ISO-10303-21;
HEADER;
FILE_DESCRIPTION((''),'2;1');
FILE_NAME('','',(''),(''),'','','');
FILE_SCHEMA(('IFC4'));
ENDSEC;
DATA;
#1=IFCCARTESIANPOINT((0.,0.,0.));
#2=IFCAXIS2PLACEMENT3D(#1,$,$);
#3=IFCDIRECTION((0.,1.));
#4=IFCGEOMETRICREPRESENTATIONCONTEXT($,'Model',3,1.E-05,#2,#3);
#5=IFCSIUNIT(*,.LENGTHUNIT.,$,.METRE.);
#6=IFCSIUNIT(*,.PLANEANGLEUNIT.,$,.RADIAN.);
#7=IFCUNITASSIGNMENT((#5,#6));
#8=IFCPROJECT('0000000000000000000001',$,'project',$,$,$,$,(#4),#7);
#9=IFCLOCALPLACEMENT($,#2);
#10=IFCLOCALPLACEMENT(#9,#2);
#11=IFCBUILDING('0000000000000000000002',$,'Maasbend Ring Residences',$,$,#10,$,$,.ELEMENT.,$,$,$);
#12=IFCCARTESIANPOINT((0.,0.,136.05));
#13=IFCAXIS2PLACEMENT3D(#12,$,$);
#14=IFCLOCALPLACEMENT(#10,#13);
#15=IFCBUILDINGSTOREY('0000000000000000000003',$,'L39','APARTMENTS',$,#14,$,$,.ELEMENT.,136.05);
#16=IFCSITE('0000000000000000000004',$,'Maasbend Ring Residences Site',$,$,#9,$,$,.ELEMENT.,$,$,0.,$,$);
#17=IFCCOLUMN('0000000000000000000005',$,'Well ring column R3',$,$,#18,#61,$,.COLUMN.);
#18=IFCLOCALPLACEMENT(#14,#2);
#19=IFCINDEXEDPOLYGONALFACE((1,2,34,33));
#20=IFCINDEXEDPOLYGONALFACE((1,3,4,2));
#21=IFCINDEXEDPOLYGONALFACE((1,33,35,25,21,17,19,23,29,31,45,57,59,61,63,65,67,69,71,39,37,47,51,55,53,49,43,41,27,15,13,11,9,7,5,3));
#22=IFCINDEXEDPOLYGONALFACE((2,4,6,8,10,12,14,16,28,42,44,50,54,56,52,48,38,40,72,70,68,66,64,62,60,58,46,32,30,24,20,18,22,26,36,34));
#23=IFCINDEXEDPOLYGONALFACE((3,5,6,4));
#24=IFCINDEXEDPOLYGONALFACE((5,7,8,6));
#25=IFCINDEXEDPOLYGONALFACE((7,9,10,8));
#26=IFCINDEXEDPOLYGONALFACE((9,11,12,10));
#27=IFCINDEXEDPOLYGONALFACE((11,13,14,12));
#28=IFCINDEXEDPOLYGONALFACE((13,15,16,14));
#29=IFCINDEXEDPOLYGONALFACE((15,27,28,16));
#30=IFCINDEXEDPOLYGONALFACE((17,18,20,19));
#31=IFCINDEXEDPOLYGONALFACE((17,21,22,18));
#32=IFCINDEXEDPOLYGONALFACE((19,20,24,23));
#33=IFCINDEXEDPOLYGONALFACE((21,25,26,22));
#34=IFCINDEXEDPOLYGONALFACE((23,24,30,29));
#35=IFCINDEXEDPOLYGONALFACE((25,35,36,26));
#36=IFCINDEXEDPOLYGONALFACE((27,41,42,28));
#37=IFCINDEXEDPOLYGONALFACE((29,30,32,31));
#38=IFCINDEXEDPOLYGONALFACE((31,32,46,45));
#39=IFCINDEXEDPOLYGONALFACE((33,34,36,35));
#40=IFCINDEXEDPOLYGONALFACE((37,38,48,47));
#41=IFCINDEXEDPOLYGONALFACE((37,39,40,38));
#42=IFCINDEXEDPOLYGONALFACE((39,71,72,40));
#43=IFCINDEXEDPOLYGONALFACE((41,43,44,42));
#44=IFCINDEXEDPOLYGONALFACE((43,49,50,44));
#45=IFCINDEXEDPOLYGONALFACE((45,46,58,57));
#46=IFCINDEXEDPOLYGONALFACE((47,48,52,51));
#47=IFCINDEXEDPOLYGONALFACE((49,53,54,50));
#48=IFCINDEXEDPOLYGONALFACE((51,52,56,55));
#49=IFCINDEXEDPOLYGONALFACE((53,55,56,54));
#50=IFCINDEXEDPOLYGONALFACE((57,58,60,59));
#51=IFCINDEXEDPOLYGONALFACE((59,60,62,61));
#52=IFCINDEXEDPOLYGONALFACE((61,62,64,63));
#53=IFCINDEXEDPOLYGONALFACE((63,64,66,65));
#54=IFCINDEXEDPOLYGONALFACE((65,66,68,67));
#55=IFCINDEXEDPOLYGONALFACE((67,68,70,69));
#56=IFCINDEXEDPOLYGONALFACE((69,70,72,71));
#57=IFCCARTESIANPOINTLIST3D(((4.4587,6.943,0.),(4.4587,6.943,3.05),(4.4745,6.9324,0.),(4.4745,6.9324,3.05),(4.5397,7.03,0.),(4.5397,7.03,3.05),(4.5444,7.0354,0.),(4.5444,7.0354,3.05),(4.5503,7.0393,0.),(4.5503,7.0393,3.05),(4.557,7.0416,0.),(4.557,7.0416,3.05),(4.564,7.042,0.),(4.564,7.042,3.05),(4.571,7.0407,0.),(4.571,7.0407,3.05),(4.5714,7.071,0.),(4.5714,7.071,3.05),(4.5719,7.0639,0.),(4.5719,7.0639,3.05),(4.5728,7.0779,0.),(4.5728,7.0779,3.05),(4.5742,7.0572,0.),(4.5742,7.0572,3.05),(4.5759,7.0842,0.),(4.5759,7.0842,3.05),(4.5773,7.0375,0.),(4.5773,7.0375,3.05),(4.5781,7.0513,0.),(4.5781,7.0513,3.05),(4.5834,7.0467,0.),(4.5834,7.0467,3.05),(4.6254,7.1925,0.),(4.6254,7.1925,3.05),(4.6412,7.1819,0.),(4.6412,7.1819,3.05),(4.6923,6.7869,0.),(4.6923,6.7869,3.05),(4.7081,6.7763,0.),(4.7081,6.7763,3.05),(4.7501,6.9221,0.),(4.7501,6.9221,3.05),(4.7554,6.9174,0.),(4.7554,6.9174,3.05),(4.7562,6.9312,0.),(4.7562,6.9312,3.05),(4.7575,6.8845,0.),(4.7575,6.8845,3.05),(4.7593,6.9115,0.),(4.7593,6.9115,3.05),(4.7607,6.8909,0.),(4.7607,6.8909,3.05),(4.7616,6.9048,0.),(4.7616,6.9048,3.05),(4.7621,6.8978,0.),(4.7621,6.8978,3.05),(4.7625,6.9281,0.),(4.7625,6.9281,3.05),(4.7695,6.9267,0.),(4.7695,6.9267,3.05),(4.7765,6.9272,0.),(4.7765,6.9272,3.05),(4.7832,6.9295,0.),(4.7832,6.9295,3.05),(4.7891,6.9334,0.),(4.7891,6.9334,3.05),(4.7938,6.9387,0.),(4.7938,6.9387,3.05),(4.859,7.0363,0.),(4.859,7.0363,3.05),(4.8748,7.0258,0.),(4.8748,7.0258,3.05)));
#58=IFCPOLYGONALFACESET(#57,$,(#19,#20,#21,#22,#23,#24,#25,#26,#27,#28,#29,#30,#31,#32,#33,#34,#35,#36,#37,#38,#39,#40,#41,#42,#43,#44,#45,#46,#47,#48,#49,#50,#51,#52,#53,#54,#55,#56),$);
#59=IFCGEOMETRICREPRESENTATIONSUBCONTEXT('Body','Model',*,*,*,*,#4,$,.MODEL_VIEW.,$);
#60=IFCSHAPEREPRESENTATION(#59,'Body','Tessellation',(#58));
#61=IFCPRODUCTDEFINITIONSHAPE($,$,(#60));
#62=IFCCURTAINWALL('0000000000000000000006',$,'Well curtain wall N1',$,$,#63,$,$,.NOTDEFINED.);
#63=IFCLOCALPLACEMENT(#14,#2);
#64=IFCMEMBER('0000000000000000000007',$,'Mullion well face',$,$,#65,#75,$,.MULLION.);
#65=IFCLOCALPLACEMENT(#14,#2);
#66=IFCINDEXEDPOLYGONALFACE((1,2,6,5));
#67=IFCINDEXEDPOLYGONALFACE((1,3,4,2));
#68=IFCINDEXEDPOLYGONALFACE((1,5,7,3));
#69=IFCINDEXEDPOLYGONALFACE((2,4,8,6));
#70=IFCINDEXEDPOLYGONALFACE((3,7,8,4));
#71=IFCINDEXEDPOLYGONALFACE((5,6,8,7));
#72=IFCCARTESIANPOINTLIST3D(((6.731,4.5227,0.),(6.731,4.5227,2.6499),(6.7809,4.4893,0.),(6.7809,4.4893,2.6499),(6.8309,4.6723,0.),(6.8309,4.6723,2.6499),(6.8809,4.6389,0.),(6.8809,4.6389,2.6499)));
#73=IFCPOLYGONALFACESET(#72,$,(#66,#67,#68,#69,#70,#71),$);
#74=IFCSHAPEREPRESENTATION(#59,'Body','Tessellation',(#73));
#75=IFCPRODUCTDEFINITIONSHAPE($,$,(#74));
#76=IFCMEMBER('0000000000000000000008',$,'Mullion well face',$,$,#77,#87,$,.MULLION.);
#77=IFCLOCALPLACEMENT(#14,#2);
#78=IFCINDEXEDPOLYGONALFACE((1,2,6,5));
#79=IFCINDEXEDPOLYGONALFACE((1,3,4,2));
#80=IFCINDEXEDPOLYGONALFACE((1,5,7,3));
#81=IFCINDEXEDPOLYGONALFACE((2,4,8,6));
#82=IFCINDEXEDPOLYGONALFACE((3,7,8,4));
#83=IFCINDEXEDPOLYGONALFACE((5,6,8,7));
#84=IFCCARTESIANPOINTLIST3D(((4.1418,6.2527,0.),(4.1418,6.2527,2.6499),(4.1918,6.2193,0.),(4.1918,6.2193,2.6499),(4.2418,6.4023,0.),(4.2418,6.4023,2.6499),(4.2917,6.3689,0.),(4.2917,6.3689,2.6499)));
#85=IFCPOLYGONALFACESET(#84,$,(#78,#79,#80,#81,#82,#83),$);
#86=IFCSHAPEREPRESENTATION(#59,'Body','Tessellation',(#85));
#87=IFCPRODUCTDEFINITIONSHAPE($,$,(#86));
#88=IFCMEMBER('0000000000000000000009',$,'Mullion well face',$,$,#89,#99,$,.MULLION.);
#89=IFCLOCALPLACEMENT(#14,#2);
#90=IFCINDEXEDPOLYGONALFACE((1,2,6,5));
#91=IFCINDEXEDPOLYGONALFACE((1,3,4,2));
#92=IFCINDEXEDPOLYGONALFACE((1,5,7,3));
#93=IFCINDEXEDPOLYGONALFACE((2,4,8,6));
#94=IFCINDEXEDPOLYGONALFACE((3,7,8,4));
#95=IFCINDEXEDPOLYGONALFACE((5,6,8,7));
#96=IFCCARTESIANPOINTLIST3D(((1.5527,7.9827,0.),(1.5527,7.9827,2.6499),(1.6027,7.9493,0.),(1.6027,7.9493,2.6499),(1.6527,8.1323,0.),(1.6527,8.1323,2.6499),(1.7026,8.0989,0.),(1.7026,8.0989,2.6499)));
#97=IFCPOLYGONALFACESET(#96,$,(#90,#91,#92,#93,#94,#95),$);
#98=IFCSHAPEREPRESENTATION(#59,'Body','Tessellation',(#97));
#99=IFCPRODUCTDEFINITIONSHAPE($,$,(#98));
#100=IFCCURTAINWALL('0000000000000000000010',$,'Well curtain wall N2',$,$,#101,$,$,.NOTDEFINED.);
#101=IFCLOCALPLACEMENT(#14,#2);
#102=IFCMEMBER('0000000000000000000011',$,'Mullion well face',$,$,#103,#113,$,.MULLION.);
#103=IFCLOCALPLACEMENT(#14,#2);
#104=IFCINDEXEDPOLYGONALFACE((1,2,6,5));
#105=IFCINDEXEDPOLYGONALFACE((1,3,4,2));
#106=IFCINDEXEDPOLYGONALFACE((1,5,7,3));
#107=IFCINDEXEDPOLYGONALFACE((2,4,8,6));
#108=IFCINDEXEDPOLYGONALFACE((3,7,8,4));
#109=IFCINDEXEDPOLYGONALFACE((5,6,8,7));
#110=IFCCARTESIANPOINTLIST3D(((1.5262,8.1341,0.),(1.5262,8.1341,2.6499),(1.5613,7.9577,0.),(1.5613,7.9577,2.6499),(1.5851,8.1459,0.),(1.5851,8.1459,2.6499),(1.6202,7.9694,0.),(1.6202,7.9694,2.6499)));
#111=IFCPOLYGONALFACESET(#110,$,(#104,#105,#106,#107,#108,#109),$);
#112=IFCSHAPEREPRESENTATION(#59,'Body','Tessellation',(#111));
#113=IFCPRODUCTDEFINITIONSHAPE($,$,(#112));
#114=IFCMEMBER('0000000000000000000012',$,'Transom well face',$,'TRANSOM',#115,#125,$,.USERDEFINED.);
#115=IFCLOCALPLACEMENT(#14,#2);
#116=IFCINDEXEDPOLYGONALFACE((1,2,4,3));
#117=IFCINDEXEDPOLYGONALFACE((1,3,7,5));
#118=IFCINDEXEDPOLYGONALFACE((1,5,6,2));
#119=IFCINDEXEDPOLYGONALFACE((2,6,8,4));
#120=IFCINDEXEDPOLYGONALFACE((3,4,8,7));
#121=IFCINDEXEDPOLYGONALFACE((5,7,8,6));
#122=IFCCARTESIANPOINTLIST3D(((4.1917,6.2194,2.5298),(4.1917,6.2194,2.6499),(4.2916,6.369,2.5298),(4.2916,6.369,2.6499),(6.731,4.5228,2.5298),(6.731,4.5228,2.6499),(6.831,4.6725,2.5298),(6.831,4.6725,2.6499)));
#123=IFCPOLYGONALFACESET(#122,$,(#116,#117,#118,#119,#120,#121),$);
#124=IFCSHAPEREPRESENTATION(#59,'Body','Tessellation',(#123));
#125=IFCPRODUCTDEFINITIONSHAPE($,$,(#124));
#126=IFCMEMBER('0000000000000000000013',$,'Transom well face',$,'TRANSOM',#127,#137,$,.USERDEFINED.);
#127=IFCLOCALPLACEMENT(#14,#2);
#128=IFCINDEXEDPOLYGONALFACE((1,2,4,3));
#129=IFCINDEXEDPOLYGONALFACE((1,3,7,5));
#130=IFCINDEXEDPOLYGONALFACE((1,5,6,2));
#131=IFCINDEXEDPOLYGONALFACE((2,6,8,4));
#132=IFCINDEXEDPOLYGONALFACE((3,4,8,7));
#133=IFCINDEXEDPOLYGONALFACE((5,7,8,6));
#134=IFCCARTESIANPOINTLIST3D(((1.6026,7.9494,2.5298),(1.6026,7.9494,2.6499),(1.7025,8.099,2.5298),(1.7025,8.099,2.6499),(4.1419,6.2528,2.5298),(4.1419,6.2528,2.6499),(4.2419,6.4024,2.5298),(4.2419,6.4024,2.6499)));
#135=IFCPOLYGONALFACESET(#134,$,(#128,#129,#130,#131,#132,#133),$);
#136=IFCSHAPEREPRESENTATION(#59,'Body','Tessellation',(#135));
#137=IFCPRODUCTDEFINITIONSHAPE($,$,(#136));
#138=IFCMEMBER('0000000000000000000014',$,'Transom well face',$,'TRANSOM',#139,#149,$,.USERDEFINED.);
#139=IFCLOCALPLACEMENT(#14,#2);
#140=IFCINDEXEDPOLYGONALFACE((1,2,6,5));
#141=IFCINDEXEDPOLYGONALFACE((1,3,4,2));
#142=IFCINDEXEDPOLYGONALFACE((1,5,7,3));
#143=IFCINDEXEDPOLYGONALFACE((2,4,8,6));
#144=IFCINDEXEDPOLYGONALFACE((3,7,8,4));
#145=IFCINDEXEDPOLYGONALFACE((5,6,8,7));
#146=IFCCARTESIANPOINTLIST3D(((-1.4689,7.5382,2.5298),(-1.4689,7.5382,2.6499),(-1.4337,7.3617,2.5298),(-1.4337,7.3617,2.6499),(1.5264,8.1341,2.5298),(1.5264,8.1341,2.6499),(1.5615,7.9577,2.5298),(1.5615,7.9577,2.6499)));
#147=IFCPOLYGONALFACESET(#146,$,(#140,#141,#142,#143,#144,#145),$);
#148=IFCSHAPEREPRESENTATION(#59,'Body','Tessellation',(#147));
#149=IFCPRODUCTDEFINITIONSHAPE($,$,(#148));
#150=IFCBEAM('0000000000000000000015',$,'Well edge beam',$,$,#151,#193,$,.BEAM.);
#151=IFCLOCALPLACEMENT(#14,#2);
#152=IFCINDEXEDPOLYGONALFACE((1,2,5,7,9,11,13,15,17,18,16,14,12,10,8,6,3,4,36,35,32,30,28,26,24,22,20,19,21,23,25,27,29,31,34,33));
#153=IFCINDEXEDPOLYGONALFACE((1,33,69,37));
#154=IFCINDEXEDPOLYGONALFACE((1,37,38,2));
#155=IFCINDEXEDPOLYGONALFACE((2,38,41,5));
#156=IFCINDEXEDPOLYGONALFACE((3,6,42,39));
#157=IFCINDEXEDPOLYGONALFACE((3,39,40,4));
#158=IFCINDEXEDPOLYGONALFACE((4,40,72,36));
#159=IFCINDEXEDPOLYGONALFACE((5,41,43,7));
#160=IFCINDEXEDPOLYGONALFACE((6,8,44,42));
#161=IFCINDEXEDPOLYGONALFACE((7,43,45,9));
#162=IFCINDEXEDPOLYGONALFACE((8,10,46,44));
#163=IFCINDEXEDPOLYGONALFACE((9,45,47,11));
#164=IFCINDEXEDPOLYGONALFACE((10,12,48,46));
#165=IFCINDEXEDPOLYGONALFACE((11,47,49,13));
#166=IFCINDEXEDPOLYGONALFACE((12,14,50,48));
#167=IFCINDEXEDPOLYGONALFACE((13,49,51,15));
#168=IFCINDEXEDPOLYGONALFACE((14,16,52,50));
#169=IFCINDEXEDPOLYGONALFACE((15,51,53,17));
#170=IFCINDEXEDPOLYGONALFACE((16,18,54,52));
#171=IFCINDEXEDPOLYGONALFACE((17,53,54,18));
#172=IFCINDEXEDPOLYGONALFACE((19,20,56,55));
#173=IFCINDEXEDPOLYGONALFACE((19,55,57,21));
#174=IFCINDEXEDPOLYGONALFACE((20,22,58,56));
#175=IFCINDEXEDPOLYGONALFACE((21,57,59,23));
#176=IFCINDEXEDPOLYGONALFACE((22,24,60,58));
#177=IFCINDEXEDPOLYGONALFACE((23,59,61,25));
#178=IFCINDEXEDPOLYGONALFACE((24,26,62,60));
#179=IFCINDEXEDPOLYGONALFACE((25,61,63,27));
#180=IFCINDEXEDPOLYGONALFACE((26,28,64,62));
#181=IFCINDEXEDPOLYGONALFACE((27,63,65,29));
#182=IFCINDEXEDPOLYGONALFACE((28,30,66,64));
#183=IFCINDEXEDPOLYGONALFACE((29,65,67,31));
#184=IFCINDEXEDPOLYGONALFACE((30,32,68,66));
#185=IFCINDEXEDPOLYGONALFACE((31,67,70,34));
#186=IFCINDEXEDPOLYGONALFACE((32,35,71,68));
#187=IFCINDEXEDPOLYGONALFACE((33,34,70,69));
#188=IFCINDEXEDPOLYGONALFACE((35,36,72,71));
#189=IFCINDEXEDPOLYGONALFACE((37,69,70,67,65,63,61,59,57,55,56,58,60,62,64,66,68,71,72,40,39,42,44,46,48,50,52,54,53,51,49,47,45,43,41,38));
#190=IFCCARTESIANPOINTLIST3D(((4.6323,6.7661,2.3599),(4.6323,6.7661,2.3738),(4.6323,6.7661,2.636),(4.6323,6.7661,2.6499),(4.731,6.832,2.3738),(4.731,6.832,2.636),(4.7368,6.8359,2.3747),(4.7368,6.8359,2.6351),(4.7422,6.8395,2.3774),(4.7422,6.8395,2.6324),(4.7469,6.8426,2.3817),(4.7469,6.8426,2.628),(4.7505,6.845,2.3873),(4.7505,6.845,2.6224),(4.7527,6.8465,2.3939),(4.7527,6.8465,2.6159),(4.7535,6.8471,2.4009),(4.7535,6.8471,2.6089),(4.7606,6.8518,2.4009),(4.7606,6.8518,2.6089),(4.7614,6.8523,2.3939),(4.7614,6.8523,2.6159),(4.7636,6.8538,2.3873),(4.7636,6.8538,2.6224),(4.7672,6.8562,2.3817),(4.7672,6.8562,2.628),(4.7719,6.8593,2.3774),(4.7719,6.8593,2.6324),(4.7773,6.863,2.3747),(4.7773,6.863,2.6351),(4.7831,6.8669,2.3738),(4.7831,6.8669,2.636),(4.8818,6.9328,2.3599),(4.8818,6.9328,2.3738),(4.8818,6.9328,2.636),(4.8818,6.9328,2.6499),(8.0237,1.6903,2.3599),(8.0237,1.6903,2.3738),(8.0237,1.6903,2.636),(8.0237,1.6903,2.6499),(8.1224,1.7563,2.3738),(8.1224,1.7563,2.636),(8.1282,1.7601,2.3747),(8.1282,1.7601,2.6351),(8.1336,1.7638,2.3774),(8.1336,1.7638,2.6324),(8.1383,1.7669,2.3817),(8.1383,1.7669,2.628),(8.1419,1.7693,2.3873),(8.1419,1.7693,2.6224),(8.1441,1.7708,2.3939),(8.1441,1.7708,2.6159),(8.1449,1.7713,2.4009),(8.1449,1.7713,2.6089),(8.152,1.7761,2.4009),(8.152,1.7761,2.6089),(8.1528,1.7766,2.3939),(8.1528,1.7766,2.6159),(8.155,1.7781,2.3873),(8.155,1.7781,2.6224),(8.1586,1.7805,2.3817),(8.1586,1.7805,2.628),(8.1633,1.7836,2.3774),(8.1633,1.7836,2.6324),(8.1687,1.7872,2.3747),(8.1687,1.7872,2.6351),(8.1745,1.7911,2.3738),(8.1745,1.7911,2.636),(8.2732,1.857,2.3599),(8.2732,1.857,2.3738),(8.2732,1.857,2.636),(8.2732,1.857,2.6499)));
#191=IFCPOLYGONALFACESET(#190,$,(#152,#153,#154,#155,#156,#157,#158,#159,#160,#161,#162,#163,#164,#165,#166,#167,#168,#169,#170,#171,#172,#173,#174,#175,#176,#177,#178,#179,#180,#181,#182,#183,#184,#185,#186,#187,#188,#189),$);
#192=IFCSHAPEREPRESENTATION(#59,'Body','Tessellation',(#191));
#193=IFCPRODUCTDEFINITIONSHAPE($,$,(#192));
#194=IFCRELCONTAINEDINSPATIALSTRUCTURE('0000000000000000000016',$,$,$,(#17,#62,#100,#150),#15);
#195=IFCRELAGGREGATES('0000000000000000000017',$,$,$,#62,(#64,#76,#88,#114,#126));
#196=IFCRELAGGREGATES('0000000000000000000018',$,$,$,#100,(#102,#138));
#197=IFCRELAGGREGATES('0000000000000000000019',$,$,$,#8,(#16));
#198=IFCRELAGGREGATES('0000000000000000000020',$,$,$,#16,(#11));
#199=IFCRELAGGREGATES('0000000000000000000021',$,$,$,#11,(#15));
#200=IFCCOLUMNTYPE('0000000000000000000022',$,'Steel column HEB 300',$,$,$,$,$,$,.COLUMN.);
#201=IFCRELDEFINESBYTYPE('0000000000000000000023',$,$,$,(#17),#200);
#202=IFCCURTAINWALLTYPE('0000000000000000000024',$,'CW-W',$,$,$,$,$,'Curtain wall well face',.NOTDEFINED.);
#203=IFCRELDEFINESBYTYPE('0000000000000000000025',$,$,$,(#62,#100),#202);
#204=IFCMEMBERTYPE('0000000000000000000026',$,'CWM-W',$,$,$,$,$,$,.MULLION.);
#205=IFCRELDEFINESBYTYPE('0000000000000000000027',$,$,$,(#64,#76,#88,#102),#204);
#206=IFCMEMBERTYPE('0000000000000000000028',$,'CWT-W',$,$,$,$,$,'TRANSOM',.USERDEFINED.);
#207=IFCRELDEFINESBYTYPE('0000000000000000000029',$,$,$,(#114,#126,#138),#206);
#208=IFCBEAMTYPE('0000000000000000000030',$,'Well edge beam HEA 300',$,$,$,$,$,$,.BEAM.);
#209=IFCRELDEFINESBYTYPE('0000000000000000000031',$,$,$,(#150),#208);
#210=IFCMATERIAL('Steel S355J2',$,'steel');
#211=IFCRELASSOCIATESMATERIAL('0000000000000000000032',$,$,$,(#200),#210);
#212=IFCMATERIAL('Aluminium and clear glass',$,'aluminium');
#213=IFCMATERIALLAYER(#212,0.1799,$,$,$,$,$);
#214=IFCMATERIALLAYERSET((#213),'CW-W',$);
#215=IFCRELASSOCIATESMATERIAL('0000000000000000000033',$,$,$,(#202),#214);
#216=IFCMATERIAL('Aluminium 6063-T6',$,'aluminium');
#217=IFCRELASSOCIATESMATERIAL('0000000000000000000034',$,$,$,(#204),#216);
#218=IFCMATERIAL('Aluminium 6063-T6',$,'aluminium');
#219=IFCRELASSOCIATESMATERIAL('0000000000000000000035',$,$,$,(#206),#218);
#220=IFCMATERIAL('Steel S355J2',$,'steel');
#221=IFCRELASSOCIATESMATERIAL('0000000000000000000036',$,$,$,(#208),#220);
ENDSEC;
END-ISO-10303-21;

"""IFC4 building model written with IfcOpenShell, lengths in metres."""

from ifc_helpers import new_model, si_unit, direction, frame, origin, origin_2d, place, context, subcontext, project, spatial, rectangle, i_section, extrude, material, layer, layer_set, material_profile, profile_set, type_object, element, aggregate, save


model = new_model("IFC4")

# Units and contexts
model_context = context("Model", 3, precision=1e-05, world=origin(), true_north=direction((0.0, 1.0)))
body_context = subcontext(model_context, "Body", "Model", "MODEL_VIEW")
ifc_project = project(units=[si_unit("LENGTHUNIT", "METRE"), si_unit("PLANEANGLEUNIT", "RADIAN")], contexts=[model_context])

# Site, building, storey
site_placement = place(None, origin())
site = spatial("IfcSite", under=ifc_project, at=site_placement, Name="Maasbend Ring Residences Site", CompositionType="ELEMENT", RefElevation=0.0)
building_placement = place(site_placement, origin())
building = spatial("IfcBuilding", under=site, at=building_placement, Name="Maasbend Ring Residences", CompositionType="ELEMENT")
storey_placement = place(building_placement, frame((0.0, 0.0, 136.05)))
storey = spatial("IfcBuildingStorey", under=building, at=storey_placement, Name="L39", Description="APARTMENTS", CompositionType="ELEMENT", Elevation=136.05)

# Column
ifc_material_1 = material(Name="Steel S355J2", Category="steel")
ifc_material_profile_1 = material_profile(ifc_material_1, i_section(OverallWidth=0.3, OverallDepth=0.3, WebThickness=0.011, FlangeThickness=0.019, FilletRadius=0.0271, at=origin_2d()), Name="HEB 300")
ifc_profile_set_1 = profile_set([ifc_material_profile_1], Name="Steel S355J2")
column_type = type_object("IfcColumnType", Name="Steel column HEB 300", PredefinedType="COLUMN", material=ifc_profile_set_1)
column_placement = place(storey_placement, frame((4.6667, 6.9844, 0.0), z_axis=(0.0, 0.0, 1.0), x_axis=(0.55557, 0.83147, 0.0)))
element("IfcColumn", 1, at=column_placement, inside=storey, type_object=column_type, Name="Well ring column R3", PredefinedType="COLUMN", context=body_context, shape_type="SweptSolid", body=[
    extrude(i_section(OverallWidth=0.3, OverallDepth=0.3, WebThickness=0.011, FlangeThickness=0.019, FilletRadius=0.0271, at=origin_2d()), origin(), (0.0, 0.0, 1.0), 3.05),
])

# Curtain wall, members
ifc_material_2 = material(Name="Aluminium and clear glass", Category="aluminium")
ifc_layer_1 = layer(ifc_material_2, 0.1799)
ifc_layer_set_1 = layer_set([ifc_layer_1], Name="CW-W")
curtain_wall_type = type_object("IfcCurtainWallType", Name="CW-W", ElementType="Curtain wall well face", PredefinedType="NOTDEFINED", material=ifc_layer_set_1)
curtain_wall_1_placement = place(storey_placement, origin())
curtain_wall_1 = element("IfcCurtainWall", 2, at=curtain_wall_1_placement, inside=storey, type_object=curtain_wall_type, Name="Well curtain wall N1", PredefinedType="NOTDEFINED")
ifc_material_3 = material(Name="Aluminium 6063-T6", Category="aluminium")
ifc_material_profile_2 = material_profile(ifc_material_3, rectangle(XDim=0.1799, YDim=0.0601, at=origin_2d()), Name="AL 180x60")
ifc_profile_set_2 = profile_set([ifc_material_profile_2], Name="Aluminium 6063-T6")
member_type_1 = type_object("IfcMemberType", Name="CWM-W", PredefinedType="MULLION", material=ifc_profile_set_2)
member_1_placement = place(storey_placement, frame((6.8059, 4.5808, 0.0), z_axis=(0.0, 0.0, 1.0), x_axis=(-0.55557, -0.83147, 0.0)))
member_1 = element("IfcMember", 3, at=member_1_placement, type_object=member_type_1, Name="Mullion well face", PredefinedType="MULLION", context=body_context, shape_type="SweptSolid", body=[
    extrude(rectangle(XDim=0.1799, YDim=0.0601, at=origin_2d()), origin(), (0.0, 0.0, 1.0), 2.6499),
])
member_2_placement = place(storey_placement, frame((4.2168, 6.3108, 0.0), z_axis=(0.0, 0.0, 1.0), x_axis=(-0.55557, -0.83147, 0.0)))
member_2 = element("IfcMember", 4, at=member_2_placement, type_object=member_type_1, Name="Mullion well face", PredefinedType="MULLION", context=body_context, shape_type="SweptSolid", body=[
    extrude(rectangle(XDim=0.1799, YDim=0.0601, at=origin_2d()), origin(), (0.0, 0.0, 1.0), 2.6499),
])
member_3_placement = place(storey_placement, frame((1.6277, 8.0408, 0.0), z_axis=(0.0, 0.0, 1.0), x_axis=(-0.55557, -0.83147, 0.0)))
member_3 = element("IfcMember", 5, at=member_3_placement, type_object=member_type_1, Name="Mullion well face", PredefinedType="MULLION", context=body_context, shape_type="SweptSolid", body=[
    extrude(rectangle(XDim=0.1799, YDim=0.0601, at=origin_2d()), origin(), (0.0, 0.0, 1.0), 2.6499),
])

# Curtain wall, member
curtain_wall_2_placement = place(storey_placement, origin())
curtain_wall_2 = element("IfcCurtainWall", 6, at=curtain_wall_2_placement, inside=storey, type_object=curtain_wall_type, Name="Well curtain wall N2", PredefinedType="NOTDEFINED")
member_4_placement = place(storey_placement, frame((1.5732, 8.0518, 0.0), z_axis=(0.0, 0.0, 1.0), x_axis=(0.19509, -0.980785, 0.0)))
member_4 = element("IfcMember", 7, at=member_4_placement, type_object=member_type_1, Name="Mullion well face", PredefinedType="MULLION", context=body_context, shape_type="SweptSolid", body=[
    extrude(rectangle(XDim=0.1799, YDim=0.0601, at=origin_2d()), origin(), (0.0, 0.0, 1.0), 2.6499),
])

# Members
ifc_material_4 = material(Name="Aluminium 6063-T6", Category="aluminium")
ifc_material_profile_3 = material_profile(ifc_material_4, rectangle(XDim=0.1799, YDim=0.1201, at=origin_2d()), Name="AL 180x120")
ifc_profile_set_3 = profile_set([ifc_material_profile_3], Name="Aluminium 6063-T6")
member_type_2 = type_object("IfcMemberType", Name="CWT-W", ElementType="TRANSOM", PredefinedType="USERDEFINED", material=ifc_profile_set_3)
member_5_placement = place(storey_placement, frame((6.781, 4.5977, 2.5898), z_axis=(-0.831496, 0.55553, 0.0), x_axis=(-0.55553, -0.831496, 0.0)))
member_5 = element("IfcMember", 8, at=member_5_placement, type_object=member_type_2, Name="Transom well face", ObjectType="TRANSOM", PredefinedType="USERDEFINED", context=body_context, shape_type="SweptSolid", body=[
    extrude(rectangle(XDim=0.1799, YDim=0.1201, at=origin_2d()), origin(), (0.0, 0.0, 1.0), 3.054),
])
member_6_placement = place(storey_placement, frame((4.1919, 6.3276, 2.5898), z_axis=(-0.831496, 0.55553, 0.0), x_axis=(-0.55553, -0.831496, 0.0)))
member_6 = element("IfcMember", 9, at=member_6_placement, type_object=member_type_2, Name="Transom well face", ObjectType="TRANSOM", PredefinedType="USERDEFINED", context=body_context, shape_type="SweptSolid", body=[
    extrude(rectangle(XDim=0.1799, YDim=0.1201, at=origin_2d()), origin(), (0.0, 0.0, 1.0), 3.054),
])
member_7_placement = place(storey_placement, frame((1.5439, 8.0459, 2.5898), z_axis=(-0.980777, -0.195132, 0.0), x_axis=(0.195132, -0.980777, 0.0)))
member_7 = element("IfcMember", 10, at=member_7_placement, type_object=member_type_2, Name="Transom well face", ObjectType="TRANSOM", PredefinedType="USERDEFINED", context=body_context, shape_type="SweptSolid", body=[
    extrude(rectangle(XDim=0.1799, YDim=0.1201, at=origin_2d()), origin(), (0.0, 0.0, 1.0), 3.054),
])

# Beam
ifc_material_5 = material(Name="Steel S355J2", Category="steel")
ifc_material_profile_4 = material_profile(ifc_material_5, i_section(OverallWidth=0.3, OverallDepth=0.29, WebThickness=0.0085, FlangeThickness=0.0139, FilletRadius=0.0271, at=origin_2d()), Name="HEA 300")
ifc_profile_set_4 = profile_set([ifc_material_profile_4], Name="Steel S355J2")
beam_type = type_object("IfcBeamType", Name="Well edge beam HEA 300", PredefinedType="BEAM", material=ifc_profile_set_4)
beam_1_placement = place(storey_placement, frame((8.1484, 1.7737, 2.5049), z_axis=(-0.555558, 0.831478, 0.0), x_axis=(-0.831478, -0.555558, 0.0)))
element("IfcBeam", 11, at=beam_1_placement, inside=storey, type_object=beam_type, Name="Well edge beam", PredefinedType="BEAM", context=body_context, shape_type="SweptSolid", body=[
    extrude(i_section(OverallWidth=0.3, OverallDepth=0.29, WebThickness=0.0085, FlangeThickness=0.0139, FilletRadius=0.0271, at=origin_2d()), origin(), (0.0, 0.0, 1.0), 6.1045),
])

aggregate(curtain_wall_1, [member_1, member_2, member_3, member_5, member_6])
aggregate(curtain_wall_2, [member_4, member_7])

save(model, "model.ifc")
